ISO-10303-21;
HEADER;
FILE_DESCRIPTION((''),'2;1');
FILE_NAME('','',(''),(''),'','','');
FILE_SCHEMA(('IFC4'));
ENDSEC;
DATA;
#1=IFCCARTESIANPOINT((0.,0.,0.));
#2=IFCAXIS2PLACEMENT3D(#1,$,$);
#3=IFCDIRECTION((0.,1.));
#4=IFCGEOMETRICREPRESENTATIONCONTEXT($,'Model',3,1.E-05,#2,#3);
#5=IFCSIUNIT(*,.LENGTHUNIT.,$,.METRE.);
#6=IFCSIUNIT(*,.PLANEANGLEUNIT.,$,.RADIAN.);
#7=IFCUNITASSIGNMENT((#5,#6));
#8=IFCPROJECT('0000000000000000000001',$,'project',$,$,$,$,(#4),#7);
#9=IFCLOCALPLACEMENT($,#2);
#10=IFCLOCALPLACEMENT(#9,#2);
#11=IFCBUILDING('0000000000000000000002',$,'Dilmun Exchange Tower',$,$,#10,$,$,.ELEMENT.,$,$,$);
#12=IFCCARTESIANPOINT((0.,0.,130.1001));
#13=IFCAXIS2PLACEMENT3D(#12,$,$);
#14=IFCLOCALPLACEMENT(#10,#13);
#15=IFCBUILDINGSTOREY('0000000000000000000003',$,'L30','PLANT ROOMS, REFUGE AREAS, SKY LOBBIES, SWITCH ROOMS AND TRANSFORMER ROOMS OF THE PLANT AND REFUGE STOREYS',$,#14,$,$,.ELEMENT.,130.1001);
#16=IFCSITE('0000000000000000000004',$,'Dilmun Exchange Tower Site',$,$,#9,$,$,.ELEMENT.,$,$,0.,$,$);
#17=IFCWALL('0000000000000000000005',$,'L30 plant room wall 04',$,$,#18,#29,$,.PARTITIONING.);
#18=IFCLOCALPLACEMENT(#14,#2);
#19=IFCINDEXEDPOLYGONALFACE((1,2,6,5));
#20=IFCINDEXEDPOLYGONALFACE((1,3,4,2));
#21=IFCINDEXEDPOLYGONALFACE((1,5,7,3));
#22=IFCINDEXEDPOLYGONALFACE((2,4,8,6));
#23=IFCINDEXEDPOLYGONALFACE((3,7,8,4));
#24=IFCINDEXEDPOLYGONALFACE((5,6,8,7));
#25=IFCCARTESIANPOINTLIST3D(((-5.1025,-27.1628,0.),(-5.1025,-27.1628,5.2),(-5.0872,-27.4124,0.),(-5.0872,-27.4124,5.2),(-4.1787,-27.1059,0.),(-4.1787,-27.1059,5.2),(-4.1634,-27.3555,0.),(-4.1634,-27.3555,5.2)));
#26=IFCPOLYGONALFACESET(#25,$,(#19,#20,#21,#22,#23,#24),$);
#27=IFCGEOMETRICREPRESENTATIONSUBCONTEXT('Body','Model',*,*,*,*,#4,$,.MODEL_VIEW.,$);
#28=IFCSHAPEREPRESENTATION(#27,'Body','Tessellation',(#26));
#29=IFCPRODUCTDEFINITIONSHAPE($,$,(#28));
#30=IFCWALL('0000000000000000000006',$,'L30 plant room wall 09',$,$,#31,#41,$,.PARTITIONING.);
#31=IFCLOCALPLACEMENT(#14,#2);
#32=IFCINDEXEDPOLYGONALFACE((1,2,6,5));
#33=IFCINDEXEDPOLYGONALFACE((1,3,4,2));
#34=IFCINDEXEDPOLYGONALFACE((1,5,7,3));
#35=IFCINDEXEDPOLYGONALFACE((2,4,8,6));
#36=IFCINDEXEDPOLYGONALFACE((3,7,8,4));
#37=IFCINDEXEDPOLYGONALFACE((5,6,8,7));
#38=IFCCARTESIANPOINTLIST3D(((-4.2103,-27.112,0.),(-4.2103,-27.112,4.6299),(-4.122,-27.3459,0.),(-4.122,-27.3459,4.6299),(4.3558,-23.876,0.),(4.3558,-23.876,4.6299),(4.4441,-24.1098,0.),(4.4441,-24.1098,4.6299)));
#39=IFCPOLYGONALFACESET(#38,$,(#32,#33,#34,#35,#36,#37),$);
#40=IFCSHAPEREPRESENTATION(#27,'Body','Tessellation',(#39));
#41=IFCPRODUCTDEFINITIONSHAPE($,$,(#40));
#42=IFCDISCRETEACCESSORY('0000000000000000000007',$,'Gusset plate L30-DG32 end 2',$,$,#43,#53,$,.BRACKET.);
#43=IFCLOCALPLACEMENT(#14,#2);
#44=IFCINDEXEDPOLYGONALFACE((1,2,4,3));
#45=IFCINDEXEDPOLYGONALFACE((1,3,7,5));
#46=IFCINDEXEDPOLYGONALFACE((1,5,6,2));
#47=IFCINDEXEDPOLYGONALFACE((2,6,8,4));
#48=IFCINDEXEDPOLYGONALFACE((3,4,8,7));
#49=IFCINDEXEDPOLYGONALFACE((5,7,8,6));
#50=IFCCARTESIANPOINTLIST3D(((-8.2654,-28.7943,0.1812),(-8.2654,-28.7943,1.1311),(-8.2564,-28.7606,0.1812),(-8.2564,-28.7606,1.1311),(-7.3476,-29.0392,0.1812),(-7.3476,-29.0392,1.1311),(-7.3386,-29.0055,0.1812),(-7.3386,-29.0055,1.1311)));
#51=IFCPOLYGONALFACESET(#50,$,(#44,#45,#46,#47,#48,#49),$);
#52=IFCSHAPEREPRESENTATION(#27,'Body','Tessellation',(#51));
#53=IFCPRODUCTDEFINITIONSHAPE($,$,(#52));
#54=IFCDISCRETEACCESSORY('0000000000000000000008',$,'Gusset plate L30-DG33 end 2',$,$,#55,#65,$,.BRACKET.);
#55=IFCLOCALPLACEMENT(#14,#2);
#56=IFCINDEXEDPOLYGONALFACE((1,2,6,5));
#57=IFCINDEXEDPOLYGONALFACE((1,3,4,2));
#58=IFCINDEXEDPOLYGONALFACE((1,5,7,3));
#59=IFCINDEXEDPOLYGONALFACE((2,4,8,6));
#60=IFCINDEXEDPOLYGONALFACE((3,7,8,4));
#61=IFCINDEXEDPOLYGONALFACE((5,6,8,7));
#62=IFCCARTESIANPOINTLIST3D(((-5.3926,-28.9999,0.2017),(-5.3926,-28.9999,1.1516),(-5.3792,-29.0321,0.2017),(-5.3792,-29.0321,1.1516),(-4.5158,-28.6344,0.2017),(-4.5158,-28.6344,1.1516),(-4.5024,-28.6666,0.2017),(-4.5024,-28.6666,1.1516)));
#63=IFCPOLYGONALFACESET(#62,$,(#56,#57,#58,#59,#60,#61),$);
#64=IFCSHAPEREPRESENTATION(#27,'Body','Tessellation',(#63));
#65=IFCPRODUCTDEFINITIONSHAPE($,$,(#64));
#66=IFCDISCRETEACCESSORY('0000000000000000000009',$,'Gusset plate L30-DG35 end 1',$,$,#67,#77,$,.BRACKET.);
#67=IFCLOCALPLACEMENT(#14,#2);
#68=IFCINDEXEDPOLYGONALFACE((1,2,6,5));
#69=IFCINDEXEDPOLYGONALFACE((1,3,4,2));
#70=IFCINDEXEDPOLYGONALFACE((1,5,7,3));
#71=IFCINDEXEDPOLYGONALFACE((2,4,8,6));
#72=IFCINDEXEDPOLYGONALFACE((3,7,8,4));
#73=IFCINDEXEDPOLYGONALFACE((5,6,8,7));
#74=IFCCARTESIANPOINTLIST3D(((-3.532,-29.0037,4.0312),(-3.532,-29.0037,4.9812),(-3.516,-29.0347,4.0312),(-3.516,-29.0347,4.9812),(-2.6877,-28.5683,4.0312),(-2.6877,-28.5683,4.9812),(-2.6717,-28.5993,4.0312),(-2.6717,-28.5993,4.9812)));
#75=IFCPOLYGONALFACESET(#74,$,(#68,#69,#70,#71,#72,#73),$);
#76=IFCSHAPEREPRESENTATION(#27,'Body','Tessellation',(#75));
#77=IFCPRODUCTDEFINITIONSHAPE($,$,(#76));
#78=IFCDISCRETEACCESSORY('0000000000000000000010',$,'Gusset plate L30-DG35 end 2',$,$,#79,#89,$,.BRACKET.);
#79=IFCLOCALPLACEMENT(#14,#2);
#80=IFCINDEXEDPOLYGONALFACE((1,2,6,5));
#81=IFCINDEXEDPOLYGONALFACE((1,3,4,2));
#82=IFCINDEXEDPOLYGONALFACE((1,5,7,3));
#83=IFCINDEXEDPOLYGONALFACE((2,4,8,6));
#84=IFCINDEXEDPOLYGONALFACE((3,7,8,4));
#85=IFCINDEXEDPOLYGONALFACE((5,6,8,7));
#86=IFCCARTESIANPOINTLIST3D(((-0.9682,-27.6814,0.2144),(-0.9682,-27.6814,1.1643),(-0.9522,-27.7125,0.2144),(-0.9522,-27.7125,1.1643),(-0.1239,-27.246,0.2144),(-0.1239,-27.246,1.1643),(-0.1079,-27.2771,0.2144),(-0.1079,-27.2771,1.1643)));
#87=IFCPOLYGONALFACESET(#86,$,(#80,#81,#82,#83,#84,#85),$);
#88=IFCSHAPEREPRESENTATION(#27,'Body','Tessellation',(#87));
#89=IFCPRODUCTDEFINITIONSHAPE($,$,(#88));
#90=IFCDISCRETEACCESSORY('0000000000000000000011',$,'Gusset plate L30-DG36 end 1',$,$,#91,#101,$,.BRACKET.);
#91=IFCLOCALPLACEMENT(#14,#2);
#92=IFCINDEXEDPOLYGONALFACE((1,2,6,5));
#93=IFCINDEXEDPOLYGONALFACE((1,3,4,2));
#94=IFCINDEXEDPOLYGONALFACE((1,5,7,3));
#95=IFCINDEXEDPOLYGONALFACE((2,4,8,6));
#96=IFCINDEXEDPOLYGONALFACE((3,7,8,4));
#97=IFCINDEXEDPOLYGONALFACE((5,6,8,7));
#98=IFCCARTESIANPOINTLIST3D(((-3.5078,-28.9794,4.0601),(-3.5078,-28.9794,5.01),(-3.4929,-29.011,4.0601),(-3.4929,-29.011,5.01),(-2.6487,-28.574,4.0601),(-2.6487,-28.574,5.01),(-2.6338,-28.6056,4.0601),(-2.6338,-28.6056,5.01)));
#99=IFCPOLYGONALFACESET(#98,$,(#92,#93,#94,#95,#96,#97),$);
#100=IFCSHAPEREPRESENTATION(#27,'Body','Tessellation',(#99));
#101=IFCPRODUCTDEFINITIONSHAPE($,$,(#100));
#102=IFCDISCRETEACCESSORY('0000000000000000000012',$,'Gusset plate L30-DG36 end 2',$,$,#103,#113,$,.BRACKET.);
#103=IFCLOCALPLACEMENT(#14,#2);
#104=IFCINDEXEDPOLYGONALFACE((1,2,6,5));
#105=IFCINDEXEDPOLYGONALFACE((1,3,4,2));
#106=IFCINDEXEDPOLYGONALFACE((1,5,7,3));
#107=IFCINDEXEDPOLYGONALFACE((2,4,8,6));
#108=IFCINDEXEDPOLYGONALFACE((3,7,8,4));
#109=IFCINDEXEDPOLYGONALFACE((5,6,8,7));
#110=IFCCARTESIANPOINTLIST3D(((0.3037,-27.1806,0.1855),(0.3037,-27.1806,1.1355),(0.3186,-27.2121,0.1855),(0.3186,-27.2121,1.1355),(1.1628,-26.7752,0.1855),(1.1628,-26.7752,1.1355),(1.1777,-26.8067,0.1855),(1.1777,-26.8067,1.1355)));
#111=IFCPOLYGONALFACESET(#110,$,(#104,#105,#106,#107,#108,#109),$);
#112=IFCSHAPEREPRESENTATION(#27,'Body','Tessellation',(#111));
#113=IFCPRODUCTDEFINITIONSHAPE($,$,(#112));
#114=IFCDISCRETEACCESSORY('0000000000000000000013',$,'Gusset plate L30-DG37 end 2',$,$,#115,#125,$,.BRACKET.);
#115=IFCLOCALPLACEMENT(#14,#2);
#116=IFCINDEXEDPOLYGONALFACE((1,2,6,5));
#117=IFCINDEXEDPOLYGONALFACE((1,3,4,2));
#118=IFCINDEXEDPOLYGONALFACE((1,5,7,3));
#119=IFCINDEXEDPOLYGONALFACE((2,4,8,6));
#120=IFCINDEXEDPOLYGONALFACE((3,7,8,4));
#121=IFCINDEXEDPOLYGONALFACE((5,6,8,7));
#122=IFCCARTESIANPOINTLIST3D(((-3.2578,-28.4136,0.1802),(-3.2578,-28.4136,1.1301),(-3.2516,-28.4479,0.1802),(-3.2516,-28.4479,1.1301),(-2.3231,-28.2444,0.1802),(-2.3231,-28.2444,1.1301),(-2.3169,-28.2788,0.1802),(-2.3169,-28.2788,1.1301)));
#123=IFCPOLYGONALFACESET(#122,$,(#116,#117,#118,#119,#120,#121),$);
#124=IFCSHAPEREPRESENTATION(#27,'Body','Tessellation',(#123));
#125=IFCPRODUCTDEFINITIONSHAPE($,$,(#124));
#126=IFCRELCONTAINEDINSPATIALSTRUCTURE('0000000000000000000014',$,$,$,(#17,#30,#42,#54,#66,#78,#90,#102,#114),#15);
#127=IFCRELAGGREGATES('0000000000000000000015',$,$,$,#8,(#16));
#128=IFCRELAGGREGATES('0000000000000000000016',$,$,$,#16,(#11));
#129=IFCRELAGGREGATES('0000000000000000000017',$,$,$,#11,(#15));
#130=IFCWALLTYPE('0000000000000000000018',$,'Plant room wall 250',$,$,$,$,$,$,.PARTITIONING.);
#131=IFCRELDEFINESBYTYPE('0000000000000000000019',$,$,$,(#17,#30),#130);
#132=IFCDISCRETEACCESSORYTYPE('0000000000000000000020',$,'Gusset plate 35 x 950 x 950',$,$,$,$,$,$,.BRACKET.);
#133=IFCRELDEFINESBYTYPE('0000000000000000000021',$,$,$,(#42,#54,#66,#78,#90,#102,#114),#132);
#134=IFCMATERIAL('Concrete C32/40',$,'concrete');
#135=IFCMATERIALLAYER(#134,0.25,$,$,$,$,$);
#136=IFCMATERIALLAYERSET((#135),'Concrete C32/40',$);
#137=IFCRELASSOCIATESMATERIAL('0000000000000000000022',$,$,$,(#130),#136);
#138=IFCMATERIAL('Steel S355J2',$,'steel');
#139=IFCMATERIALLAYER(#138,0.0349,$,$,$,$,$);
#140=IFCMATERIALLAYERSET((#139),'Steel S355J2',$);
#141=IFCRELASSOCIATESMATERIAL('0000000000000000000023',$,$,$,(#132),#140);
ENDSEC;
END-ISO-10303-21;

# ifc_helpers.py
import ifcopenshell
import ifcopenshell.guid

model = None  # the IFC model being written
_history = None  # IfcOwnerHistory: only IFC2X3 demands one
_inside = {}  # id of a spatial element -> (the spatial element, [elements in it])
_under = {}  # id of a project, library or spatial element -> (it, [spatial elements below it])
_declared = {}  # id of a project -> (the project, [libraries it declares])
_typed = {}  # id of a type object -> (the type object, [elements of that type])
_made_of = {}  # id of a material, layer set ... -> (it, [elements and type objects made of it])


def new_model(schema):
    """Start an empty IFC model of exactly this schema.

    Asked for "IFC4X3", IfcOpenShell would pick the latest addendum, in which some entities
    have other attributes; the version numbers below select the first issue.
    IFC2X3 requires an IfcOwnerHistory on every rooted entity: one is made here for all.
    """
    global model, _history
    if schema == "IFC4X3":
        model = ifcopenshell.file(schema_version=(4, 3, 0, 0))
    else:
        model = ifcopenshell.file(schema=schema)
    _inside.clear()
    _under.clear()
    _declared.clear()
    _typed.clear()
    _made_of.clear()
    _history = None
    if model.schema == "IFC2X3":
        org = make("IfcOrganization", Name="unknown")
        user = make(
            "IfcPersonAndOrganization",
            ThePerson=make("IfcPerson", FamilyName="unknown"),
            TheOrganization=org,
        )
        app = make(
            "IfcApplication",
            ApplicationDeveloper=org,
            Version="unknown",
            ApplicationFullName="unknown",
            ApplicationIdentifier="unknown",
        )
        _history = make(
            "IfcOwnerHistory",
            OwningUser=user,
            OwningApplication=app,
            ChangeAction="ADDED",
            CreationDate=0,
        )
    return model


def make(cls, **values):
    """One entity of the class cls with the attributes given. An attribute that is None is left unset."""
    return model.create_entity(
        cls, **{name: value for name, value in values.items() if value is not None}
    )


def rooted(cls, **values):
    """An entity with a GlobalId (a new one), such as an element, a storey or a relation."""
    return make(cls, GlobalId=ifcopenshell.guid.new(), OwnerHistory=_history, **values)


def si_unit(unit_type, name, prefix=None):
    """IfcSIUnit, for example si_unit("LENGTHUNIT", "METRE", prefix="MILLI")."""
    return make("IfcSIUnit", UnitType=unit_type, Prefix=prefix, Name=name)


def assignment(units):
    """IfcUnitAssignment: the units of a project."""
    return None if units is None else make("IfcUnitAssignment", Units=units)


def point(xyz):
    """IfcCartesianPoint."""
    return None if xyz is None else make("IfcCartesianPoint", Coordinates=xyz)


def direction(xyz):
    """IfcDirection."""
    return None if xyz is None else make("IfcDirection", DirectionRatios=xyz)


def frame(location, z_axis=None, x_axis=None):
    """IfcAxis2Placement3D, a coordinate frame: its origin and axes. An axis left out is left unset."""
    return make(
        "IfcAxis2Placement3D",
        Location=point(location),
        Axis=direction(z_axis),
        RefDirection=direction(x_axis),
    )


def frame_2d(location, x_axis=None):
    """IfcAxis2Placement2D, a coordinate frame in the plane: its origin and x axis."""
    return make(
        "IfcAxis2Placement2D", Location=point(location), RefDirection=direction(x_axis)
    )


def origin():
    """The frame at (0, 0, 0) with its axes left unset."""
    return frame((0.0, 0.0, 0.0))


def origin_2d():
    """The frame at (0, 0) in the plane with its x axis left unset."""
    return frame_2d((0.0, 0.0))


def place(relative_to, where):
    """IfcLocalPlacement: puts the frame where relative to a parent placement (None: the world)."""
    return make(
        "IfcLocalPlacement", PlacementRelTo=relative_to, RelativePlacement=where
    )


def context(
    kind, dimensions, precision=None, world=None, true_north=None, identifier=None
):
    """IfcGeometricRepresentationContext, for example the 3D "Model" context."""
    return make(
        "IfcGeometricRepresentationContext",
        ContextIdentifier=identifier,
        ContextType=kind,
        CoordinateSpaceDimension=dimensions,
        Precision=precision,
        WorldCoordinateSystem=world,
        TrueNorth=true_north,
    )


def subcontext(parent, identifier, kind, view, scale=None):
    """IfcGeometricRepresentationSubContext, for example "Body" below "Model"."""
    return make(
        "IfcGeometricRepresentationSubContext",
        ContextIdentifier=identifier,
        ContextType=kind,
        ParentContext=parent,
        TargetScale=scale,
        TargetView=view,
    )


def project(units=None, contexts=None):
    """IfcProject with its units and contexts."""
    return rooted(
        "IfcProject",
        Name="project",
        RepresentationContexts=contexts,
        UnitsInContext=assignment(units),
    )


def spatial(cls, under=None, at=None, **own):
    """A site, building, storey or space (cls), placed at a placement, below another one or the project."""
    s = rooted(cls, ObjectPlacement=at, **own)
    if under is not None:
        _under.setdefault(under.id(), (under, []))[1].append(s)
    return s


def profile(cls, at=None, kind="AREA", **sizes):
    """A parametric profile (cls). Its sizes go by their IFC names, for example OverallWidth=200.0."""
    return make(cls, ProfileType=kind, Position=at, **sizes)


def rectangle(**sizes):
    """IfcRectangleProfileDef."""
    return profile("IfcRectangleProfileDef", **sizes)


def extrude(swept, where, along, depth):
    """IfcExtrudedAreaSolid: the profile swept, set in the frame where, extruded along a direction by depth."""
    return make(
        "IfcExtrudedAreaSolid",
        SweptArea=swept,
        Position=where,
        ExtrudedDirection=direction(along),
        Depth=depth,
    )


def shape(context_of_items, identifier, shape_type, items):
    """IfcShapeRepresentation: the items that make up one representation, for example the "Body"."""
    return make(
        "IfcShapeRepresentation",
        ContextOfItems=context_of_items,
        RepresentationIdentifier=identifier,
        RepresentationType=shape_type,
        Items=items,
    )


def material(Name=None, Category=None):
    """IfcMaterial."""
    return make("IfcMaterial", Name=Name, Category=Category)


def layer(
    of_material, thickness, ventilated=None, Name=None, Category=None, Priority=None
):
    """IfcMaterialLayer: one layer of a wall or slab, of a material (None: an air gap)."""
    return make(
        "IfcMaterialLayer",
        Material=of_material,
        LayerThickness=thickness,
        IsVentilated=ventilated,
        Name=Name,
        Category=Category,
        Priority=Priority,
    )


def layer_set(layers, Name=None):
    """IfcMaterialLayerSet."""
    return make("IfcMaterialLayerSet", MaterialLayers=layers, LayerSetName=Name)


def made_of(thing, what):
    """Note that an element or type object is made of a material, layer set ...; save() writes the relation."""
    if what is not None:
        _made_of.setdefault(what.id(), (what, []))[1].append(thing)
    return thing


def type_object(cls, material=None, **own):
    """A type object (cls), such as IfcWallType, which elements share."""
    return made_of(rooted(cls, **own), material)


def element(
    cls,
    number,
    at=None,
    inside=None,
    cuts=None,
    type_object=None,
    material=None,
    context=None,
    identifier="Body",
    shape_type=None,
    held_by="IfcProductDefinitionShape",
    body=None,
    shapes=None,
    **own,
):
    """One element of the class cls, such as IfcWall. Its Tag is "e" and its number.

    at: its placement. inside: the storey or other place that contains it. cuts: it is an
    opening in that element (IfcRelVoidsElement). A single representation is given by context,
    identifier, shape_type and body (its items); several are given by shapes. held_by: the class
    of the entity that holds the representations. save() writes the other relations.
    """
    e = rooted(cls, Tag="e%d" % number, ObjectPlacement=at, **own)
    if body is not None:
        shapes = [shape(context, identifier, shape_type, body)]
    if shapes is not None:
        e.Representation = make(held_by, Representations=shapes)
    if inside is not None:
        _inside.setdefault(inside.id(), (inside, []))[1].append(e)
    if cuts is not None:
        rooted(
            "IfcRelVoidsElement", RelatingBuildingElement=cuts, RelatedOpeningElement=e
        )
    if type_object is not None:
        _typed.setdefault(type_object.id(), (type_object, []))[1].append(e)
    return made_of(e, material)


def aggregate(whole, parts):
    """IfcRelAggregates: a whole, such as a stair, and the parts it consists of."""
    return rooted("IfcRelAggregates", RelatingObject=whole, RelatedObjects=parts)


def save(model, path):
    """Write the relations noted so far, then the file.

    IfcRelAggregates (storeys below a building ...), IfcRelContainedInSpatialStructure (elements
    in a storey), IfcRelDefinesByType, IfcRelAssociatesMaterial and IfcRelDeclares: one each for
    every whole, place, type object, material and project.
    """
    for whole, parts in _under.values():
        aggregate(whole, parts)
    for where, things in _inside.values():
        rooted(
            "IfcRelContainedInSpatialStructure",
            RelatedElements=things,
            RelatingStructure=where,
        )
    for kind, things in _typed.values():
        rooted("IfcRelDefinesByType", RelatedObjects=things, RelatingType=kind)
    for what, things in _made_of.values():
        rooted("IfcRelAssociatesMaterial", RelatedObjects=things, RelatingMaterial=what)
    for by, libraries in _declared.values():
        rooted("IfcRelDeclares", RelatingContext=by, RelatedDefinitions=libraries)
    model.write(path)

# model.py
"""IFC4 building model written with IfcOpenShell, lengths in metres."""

from ifc_helpers import new_model, si_unit, direction, frame, frame_2d, origin, origin_2d, place, context, subcontext, project, spatial, rectangle, extrude, material, layer, layer_set, type_object, element, save


model = new_model("IFC4")

# Units and contexts
model_context = context("Model", 3, precision=1e-05, world=origin(), true_north=direction((0.0, 1.0)))
body_context = subcontext(model_context, "Body", "Model", "MODEL_VIEW")
ifc_project = project(units=[si_unit("LENGTHUNIT", "METRE"), si_unit("PLANEANGLEUNIT", "RADIAN")], contexts=[model_context])

# Site, building, storey
site_placement = place(None, origin())
site = spatial("IfcSite", under=ifc_project, at=site_placement, Name="Dilmun Exchange Tower Site", CompositionType="ELEMENT", RefElevation=0.0)
building_placement = place(site_placement, origin())
building = spatial("IfcBuilding", under=site, at=building_placement, Name="Dilmun Exchange Tower", CompositionType="ELEMENT")
storey_placement = place(building_placement, frame((0.0, 0.0, 130.1001)))
storey = spatial("IfcBuildingStorey", under=building, at=storey_placement, Name="L30", Description="PLANT ROOMS, REFUGE AREAS, SKY LOBBIES, SWITCH ROOMS AND TRANSFORMER ROOMS OF THE PLANT AND REFUGE STOREYS", CompositionType="ELEMENT", Elevation=130.1001)

# Walls
ifc_material_1 = material(Name="Concrete C32/40", Category="concrete")
ifc_layer_1 = layer(ifc_material_1, 0.25)
ifc_layer_set_1 = layer_set([ifc_layer_1], Name="Concrete C32/40")
wall_type = type_object("IfcWallType", Name="Plant room wall 250", PredefinedType="PARTITIONING", material=ifc_layer_set_1)
wall_1_placement = place(storey_placement, frame((-5.095, -27.2876, 0.0), z_axis=(0.0, 0.0, 1.0), x_axis=(0.99811, 0.061459, 0.0)))
element("IfcWall", 1, at=wall_1_placement, inside=storey, type_object=wall_type, Name="L30 plant room wall 04", PredefinedType="PARTITIONING", context=body_context, shape_type="SweptSolid", body=[
    extrude(rectangle(XDim=0.9255, YDim=0.25, at=frame_2d((0.4629, 0.0))), origin(), (0.0, 0.0, 1.0), 5.2),
])
wall_2_placement = place(storey_placement, frame((-4.1663, -27.229, 0.0), z_axis=(0.0, 0.0, 1.0), x_axis=(0.935473, 0.353398, 0.0)))
element("IfcWall", 2, at=wall_2_placement, inside=storey, type_object=wall_type, Name="L30 plant room wall 09", PredefinedType="PARTITIONING", context=body_context, shape_type="SweptSolid", body=[
    extrude(rectangle(XDim=9.157, YDim=0.25, at=frame_2d((4.5786, 0.0))), origin(), (0.0, 0.0, 1.0), 4.6299),
])

# Discrete accessories
ifc_material_2 = material(Name="Steel S355J2", Category="steel")
ifc_layer_2 = layer(ifc_material_2, 0.0349)
ifc_layer_set_2 = layer_set([ifc_layer_2], Name="Steel S355J2")
discrete_accessory_type = type_object("IfcDiscreteAccessoryType", Name="Gusset plate 35 x 950 x 950", PredefinedType="BRACKET", material=ifc_layer_set_2)
for number, where, z_axis, x_axis, name in (
    (3, (-7.802, -28.8999, 0.1812), (0.0, 0.0, 1.0), (0.966198, -0.257801, 0.0), "Gusset plate L30-DG32 end 2"),
    (4, (-4.9475, -28.8333, 0.2017), (0.0, 0.0, 1.0), (0.922995, 0.384811, 0.0), "Gusset plate L30-DG33 end 2"),
    (5, (-3.1018, -28.8015, 4.0312), (0.0, 0.0, 1.0), (0.888788, 0.458318, 0.0), "Gusset plate L30-DG35 end 1"),
    (6, (-0.5381, -27.4792, 0.2144), (0.0, 0.0, 1.0), (0.888788, 0.458318, 0.0), "Gusset plate L30-DG35 end 2"),
    (7, (-3.0708, -28.7925, 4.0601), (0.0, 0.0, 1.0), (0.904358, 0.426776, 0.0), "Gusset plate L30-DG36 end 1"),
    (8, (0.7407, -26.9937, 0.1855), (0.0, 0.0, 1.0), (0.904358, 0.426776, 0.0), "Gusset plate L30-DG36 end 2"),
    (9, (-2.7874, -28.3462, 0.1802), (0.0, 0.0, 1.0), (-0.984022, -0.178047, 0.0), "Gusset plate L30-DG37 end 2"),
):
    element("IfcDiscreteAccessory", number, at=place(storey_placement, frame(where, z_axis=z_axis, x_axis=x_axis)), inside=storey, type_object=discrete_accessory_type, Name=name, PredefinedType="BRACKET", context=body_context, shape_type="SweptSolid", body=[
        extrude(rectangle(XDim=0.95, YDim=0.0349, at=origin_2d()), origin(), (0.0, 0.0, 1.0), 0.95),
    ])

save(model, "model.ifc")
